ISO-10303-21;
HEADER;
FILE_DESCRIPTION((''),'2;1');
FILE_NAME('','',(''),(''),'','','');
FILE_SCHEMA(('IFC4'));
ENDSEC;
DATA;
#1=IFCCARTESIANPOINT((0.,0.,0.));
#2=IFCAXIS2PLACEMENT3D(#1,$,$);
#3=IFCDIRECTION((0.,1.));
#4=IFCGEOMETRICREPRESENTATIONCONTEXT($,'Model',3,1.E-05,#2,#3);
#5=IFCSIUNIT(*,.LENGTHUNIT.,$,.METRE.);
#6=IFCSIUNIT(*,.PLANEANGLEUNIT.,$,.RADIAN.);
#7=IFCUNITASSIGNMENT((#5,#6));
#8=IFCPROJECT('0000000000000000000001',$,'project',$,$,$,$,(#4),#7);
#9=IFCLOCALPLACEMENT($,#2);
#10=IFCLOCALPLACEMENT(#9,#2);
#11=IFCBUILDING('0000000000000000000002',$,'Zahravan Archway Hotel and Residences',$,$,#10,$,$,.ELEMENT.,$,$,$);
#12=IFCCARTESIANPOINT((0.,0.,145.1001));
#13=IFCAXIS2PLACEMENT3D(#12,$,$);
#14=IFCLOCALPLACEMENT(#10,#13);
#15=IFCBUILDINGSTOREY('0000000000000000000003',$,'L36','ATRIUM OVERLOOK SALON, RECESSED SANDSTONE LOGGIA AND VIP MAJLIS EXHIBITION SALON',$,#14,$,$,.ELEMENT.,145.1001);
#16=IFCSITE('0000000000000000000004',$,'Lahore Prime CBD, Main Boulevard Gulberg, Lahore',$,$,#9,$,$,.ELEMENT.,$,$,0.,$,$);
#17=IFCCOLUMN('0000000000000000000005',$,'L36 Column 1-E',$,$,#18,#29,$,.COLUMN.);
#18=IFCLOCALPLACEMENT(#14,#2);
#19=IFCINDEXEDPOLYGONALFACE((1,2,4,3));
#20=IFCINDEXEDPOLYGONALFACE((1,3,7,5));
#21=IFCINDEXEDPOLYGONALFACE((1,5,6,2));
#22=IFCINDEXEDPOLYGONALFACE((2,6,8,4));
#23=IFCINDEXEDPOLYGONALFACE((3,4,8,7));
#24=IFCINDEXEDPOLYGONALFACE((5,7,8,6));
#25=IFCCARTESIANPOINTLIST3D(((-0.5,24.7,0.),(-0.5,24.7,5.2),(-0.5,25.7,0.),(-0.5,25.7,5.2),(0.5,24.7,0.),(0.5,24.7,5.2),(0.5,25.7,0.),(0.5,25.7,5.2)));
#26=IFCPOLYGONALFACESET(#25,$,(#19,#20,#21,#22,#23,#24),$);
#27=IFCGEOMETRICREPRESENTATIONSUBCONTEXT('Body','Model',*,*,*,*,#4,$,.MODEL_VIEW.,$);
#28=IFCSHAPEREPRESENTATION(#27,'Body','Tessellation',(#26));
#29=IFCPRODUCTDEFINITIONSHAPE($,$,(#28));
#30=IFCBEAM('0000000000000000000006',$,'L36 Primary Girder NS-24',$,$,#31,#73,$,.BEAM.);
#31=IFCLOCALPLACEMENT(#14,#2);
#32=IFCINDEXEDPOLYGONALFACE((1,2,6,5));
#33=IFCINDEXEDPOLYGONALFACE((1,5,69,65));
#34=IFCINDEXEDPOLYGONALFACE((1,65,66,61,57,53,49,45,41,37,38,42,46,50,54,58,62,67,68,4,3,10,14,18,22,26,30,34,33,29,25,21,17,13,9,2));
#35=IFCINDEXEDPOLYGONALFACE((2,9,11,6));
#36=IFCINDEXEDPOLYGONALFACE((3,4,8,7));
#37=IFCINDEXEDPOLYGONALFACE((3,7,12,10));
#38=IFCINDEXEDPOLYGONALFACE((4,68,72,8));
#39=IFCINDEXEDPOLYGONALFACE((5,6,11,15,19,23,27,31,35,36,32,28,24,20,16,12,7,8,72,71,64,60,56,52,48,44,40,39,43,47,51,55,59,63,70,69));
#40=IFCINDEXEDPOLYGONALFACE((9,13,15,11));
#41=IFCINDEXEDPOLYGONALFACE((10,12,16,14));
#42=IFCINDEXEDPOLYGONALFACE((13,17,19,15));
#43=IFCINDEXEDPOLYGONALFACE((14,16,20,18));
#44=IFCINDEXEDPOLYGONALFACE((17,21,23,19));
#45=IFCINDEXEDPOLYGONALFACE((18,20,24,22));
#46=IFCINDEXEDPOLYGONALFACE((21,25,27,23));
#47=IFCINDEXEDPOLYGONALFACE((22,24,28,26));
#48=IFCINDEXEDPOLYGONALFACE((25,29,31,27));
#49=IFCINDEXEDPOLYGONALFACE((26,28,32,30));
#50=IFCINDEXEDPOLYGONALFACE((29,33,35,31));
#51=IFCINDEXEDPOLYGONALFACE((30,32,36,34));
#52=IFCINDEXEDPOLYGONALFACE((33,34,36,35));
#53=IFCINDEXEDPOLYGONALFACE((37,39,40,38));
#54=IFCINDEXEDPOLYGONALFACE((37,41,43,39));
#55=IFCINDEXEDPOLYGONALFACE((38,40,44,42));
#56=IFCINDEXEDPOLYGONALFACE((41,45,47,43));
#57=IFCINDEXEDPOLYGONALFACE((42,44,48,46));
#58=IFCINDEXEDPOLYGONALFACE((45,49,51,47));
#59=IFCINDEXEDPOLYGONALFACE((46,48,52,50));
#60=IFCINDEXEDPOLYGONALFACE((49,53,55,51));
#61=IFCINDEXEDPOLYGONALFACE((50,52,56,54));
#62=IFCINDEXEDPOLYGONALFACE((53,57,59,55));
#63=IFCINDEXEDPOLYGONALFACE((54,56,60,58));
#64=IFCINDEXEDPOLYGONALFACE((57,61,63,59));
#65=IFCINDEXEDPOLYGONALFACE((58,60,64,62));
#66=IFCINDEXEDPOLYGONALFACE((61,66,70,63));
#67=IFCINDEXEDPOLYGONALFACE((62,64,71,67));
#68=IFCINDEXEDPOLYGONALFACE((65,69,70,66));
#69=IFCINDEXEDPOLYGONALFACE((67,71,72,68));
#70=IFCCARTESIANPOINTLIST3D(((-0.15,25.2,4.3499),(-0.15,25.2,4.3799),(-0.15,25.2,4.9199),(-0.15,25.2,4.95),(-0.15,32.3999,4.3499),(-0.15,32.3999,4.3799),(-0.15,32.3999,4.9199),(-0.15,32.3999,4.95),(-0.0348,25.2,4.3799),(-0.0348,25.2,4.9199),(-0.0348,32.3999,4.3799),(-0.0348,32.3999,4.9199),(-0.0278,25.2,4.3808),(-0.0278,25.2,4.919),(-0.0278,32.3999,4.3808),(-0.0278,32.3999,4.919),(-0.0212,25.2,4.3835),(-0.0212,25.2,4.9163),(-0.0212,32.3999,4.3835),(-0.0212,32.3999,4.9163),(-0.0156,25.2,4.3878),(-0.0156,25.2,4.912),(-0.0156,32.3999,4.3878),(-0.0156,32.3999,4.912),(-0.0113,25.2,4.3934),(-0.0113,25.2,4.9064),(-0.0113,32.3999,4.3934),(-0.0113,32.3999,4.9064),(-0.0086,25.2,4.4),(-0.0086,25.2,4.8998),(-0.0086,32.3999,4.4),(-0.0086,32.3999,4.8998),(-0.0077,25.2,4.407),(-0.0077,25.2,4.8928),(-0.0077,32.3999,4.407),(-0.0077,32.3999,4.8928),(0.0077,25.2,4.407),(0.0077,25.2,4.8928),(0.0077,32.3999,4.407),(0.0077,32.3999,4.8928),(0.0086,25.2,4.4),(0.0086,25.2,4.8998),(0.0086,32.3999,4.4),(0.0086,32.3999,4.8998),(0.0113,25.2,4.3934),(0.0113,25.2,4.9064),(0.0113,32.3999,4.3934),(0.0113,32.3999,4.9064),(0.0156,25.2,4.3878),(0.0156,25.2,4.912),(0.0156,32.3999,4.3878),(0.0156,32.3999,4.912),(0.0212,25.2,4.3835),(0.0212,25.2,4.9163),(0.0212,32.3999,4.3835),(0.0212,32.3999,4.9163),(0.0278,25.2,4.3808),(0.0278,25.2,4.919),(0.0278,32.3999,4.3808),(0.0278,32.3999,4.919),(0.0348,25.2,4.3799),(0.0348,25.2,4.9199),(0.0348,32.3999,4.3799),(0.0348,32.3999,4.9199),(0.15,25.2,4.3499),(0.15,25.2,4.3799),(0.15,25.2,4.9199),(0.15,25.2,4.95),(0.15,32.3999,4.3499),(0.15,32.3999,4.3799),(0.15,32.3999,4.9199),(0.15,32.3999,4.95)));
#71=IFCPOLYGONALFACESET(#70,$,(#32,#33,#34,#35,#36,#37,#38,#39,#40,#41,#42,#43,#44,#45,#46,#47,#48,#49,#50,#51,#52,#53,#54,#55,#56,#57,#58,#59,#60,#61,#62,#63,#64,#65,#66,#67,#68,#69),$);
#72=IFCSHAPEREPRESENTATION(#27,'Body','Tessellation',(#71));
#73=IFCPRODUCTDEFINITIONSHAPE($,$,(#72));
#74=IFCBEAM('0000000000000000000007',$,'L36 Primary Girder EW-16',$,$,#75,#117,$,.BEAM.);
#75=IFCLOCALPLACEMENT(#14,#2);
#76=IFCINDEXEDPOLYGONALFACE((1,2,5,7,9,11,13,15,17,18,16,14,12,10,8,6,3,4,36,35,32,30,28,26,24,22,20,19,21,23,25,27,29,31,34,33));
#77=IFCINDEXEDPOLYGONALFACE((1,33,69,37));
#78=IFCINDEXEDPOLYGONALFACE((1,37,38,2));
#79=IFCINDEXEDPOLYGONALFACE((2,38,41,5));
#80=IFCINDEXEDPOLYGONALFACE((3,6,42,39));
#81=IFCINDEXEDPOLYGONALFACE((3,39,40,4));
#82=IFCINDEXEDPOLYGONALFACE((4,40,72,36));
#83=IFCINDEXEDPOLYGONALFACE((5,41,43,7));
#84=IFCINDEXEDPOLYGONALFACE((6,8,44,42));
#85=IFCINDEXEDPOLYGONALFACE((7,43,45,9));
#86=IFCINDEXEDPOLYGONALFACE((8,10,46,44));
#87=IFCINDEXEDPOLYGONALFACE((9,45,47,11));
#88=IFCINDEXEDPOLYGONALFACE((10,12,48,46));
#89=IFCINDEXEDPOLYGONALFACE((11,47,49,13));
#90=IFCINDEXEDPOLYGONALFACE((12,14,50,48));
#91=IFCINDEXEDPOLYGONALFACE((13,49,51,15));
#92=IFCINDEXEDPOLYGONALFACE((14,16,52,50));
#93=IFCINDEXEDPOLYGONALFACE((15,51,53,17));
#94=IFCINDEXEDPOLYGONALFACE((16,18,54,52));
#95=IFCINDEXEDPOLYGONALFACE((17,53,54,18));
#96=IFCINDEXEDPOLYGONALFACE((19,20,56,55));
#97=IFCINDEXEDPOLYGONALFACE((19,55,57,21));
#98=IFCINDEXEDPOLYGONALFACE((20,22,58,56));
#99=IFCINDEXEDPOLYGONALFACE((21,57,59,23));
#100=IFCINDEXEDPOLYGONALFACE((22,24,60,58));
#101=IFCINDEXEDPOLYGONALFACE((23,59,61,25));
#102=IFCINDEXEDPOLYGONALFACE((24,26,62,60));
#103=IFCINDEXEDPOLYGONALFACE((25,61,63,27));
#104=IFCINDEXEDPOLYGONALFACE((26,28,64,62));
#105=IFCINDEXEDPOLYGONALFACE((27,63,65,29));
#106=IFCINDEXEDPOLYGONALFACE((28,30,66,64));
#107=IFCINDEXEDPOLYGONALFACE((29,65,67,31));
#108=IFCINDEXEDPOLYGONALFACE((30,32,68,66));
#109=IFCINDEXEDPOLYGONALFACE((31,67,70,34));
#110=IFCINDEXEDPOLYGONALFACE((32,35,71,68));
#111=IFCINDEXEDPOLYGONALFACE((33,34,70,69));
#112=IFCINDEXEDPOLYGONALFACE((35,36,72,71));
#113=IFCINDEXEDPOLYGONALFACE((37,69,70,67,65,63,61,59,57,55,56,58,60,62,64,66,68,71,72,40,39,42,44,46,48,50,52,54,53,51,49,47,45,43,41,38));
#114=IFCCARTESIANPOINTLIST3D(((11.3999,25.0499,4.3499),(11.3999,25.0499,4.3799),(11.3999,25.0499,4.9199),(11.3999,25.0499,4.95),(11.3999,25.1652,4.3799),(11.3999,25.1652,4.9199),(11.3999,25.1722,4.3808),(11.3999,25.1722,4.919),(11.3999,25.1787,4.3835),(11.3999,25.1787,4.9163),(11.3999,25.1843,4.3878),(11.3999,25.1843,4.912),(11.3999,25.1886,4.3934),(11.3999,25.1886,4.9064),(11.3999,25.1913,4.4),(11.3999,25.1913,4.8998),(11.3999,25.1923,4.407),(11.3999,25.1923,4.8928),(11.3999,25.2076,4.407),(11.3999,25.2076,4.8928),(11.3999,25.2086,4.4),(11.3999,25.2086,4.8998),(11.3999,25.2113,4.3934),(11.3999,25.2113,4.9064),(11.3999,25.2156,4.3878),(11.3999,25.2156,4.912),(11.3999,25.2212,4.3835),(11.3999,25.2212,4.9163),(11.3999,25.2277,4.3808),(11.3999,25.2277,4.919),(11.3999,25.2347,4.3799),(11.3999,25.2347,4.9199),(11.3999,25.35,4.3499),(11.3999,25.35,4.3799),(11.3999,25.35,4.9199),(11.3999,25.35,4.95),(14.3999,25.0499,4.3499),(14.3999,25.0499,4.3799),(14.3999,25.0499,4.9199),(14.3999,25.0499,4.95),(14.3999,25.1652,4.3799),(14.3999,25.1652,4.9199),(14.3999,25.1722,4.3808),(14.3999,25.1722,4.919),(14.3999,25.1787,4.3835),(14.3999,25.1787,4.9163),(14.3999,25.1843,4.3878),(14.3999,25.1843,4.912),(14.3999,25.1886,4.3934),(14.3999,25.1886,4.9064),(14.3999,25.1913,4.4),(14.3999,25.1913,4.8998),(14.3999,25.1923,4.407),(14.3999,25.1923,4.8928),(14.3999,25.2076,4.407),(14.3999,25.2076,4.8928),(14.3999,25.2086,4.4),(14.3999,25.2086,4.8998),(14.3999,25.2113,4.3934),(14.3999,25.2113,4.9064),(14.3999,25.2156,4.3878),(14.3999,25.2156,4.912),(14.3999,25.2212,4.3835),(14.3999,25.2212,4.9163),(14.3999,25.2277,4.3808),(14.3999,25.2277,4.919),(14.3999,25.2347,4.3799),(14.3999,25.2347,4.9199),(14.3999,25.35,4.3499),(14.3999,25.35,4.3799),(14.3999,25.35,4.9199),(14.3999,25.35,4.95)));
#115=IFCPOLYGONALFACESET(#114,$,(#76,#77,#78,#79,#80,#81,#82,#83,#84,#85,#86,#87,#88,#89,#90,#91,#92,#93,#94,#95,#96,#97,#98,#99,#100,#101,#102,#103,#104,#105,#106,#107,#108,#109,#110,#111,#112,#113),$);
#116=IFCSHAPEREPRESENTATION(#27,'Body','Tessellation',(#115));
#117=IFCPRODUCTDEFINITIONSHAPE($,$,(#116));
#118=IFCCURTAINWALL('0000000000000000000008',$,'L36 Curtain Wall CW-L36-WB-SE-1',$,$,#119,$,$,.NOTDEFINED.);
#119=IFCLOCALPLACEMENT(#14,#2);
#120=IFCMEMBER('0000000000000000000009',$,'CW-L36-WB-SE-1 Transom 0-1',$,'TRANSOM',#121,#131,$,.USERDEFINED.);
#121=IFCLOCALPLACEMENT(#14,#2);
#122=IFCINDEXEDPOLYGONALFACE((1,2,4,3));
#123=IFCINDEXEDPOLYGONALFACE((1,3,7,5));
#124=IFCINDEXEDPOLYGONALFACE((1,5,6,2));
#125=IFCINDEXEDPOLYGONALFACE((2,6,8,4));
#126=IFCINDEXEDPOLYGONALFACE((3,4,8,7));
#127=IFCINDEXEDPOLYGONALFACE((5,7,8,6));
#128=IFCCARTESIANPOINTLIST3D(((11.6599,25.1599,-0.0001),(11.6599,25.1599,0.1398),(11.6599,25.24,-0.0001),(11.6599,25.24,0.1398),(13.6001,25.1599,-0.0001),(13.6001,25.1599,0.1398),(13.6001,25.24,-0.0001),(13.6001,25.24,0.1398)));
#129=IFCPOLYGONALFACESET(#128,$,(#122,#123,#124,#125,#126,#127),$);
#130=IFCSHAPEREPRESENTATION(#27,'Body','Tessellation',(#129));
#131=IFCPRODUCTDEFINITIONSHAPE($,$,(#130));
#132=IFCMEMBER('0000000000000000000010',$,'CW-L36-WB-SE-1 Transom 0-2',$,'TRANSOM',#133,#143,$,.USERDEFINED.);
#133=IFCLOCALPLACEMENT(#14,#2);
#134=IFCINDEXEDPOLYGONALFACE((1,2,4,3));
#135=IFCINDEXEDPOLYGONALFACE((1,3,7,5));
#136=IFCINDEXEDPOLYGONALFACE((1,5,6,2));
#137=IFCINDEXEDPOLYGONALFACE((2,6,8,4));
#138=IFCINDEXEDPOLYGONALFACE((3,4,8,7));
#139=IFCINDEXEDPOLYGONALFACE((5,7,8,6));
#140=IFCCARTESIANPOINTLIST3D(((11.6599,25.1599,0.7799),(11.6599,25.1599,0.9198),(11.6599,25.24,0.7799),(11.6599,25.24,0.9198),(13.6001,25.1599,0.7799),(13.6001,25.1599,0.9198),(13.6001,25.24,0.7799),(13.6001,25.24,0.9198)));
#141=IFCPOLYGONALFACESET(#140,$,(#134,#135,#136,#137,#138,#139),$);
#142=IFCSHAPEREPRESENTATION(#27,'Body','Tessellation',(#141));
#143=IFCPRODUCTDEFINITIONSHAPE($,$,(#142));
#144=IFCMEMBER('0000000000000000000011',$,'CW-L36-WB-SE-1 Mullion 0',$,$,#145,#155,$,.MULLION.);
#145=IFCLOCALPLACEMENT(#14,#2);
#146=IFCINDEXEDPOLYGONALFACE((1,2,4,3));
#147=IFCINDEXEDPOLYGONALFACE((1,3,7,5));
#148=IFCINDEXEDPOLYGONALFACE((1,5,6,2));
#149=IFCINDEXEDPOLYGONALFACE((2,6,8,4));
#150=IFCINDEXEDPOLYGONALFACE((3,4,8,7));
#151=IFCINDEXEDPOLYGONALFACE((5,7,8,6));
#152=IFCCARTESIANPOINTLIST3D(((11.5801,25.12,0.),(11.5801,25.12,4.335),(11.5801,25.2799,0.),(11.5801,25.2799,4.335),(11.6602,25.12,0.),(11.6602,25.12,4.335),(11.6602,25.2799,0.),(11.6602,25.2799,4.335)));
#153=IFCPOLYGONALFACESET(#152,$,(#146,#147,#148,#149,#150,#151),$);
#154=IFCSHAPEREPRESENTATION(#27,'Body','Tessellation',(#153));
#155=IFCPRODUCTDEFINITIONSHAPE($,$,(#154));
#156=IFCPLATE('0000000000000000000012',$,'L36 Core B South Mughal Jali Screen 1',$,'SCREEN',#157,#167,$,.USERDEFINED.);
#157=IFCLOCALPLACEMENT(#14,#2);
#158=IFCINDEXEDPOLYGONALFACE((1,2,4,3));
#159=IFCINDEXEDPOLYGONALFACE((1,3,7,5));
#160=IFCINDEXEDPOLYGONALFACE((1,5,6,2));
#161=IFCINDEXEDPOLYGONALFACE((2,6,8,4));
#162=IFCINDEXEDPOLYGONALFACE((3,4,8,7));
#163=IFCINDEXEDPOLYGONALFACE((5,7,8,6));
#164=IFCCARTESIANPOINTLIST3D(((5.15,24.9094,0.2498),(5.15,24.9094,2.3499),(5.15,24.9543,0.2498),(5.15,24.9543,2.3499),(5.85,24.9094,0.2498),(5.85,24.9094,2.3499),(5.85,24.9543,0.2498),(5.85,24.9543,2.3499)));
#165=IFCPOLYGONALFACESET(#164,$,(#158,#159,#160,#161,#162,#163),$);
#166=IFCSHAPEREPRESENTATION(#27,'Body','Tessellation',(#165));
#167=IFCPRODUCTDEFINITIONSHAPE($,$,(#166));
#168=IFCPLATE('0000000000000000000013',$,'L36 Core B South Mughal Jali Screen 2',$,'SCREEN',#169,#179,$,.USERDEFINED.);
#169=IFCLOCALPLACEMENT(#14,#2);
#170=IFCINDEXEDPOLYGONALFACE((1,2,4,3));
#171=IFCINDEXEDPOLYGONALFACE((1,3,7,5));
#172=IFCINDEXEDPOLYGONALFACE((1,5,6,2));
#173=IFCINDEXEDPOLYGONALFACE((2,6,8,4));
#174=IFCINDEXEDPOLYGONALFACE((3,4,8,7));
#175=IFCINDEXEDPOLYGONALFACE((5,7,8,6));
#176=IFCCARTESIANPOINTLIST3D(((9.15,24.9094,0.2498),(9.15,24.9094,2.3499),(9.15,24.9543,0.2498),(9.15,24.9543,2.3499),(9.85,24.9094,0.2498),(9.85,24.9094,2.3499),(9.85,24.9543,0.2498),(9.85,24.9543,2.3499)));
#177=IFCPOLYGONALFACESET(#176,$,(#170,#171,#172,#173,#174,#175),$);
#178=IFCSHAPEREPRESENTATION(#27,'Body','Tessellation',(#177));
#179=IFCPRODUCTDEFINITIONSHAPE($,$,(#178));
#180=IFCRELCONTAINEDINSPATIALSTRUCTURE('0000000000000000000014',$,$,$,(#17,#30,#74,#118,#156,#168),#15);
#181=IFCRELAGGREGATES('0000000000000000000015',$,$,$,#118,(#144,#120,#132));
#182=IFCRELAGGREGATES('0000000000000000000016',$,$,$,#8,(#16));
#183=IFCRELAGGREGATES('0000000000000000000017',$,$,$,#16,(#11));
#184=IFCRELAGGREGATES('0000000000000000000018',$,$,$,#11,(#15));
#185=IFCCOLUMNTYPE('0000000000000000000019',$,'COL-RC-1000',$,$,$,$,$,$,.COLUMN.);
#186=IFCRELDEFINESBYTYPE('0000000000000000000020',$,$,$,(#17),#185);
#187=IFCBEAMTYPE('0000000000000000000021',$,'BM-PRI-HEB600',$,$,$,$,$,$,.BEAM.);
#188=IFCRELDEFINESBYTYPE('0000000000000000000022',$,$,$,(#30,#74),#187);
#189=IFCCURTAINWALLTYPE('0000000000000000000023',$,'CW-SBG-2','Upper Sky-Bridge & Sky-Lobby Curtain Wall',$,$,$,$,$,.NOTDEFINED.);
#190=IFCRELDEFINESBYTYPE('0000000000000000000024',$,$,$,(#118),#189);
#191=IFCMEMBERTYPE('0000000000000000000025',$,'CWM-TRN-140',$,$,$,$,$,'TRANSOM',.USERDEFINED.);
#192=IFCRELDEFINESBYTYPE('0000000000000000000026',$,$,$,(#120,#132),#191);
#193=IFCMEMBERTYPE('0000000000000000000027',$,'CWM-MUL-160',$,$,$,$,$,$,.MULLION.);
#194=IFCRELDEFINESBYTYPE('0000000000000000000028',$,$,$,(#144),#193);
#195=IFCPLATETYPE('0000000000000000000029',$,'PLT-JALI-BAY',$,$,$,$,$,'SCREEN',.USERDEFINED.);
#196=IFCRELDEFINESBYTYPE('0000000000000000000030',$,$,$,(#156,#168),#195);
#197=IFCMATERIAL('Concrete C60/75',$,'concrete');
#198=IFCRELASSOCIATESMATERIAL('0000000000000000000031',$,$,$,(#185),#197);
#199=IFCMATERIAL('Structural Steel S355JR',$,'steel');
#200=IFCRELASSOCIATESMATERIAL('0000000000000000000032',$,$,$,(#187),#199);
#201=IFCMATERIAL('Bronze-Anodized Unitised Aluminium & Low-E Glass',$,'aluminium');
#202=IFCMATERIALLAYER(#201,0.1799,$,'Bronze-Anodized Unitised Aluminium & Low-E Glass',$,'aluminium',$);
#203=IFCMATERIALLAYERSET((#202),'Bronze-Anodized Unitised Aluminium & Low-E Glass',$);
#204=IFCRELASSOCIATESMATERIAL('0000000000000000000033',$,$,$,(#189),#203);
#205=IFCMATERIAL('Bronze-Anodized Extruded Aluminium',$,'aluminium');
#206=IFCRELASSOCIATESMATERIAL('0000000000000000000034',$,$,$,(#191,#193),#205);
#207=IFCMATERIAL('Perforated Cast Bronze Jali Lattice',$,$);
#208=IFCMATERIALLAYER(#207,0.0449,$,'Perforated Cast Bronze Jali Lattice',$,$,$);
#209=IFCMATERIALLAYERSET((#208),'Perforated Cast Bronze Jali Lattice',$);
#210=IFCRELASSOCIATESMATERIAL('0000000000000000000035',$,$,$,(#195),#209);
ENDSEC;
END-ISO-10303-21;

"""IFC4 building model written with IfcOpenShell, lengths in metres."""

from ifc_helpers import new_model, si_unit, direction, frame, origin, origin_2d, place, context, subcontext, project, spatial, rectangle, i_section, extrude, source, transform, mapped, material, layer, layer_set, material_profile, profile_set, type_object, type_shapes, element, aggregate, save


model = new_model("IFC4")

# Units and contexts
model_context = context("Model", 3, precision=1e-05, world=origin(), true_north=direction((0.0, 1.0)))
body_context = subcontext(model_context, "Body", "Model", "MODEL_VIEW")
ifc_project = project(units=[si_unit("LENGTHUNIT", "METRE"), si_unit("PLANEANGLEUNIT", "RADIAN")], contexts=[model_context])

# Site, building, storey
site_placement = place(None, origin())
site = spatial("IfcSite", under=ifc_project, at=site_placement, Name="Lahore Prime CBD, Main Boulevard Gulberg, Lahore", CompositionType="ELEMENT", RefElevation=0.0)
building_placement = place(site_placement, origin())
building = spatial("IfcBuilding", under=site, at=building_placement, Name="Zahravan Archway Hotel and Residences", CompositionType="ELEMENT")
storey_placement = place(building_placement, frame((0.0, 0.0, 145.1001)))
storey = spatial("IfcBuildingStorey", under=building, at=storey_placement, Name="L36", Description="ATRIUM OVERLOOK SALON, RECESSED SANDSTONE LOGGIA AND VIP MAJLIS EXHIBITION SALON", CompositionType="ELEMENT", Elevation=145.1001)

# Column
ifc_material_1 = material(Name="Concrete C60/75", Category="concrete")
ifc_material_profile_1 = material_profile(ifc_material_1, rectangle(XDim=1.0, YDim=1.0, at=origin_2d()), Name="RC-COL-1000x1000", Category="concrete")
ifc_profile_set_1 = profile_set([ifc_material_profile_1], Name="Concrete C60/75")
column_type = type_object("IfcColumnType", Name="COL-RC-1000", PredefinedType="COLUMN", material=ifc_profile_set_1)
shared_shape_1 = source(origin(), body_context, "Body", "SweptSolid", [
    extrude(rectangle(XDim=1.0, YDim=1.0, at=origin_2d()), origin(), (0.0, 0.0, 1.0), 5.2),
])
column_placement = place(storey_placement, frame((0.0, 25.2, 0.0), z_axis=(0.0, 0.0, 1.0), x_axis=(1.0, 0.0, 0.0)))
element("IfcColumn", 1, at=column_placement, inside=storey, type_object=column_type, Name="L36 Column 1-E", PredefinedType="COLUMN", context=body_context, shape_type="MappedRepresentation", body=[
    mapped(shared_shape_1, transform((0.0, 0.0, 0.0), scale=1.0)),
])

# Beams
ifc_material_2 = material(Name="Structural Steel S355JR", Category="steel")
ifc_material_profile_2 = material_profile(ifc_material_2, i_section(OverallWidth=0.3, OverallDepth=0.6001, WebThickness=0.0154, FlangeThickness=0.03, FilletRadius=0.0271, at=origin_2d()), Name="HEB 600", Category="steel")
ifc_profile_set_2 = profile_set([ifc_material_profile_2], Name="Structural Steel S355JR")
beam_type = type_object("IfcBeamType", Name="BM-PRI-HEB600", PredefinedType="BEAM", material=ifc_profile_set_2)
shared_shape_2 = source(origin(), body_context, "Body", "SweptSolid", [
    extrude(i_section(OverallWidth=0.3, OverallDepth=0.6001, WebThickness=0.0154, FlangeThickness=0.03, FilletRadius=0.0271, at=origin_2d()), origin(), (0.0, 0.0, 1.0), 7.2),
])
beam_1_placement = place(storey_placement, frame((0.0, 25.2, 4.6499), z_axis=(0.0, 1.0, 0.0), x_axis=(-1.0, 0.0, 0.0)))
element("IfcBeam", 2, at=beam_1_placement, inside=storey, type_object=beam_type, Name="L36 Primary Girder NS-24", PredefinedType="BEAM", context=body_context, shape_type="MappedRepresentation", body=[
    mapped(shared_shape_2, transform((0.0, 0.0, 0.0), scale=1.0)),
])
shared_shape_3 = source(origin(), body_context, "Body", "SweptSolid", [
    extrude(i_section(OverallWidth=0.3, OverallDepth=0.6001, WebThickness=0.0154, FlangeThickness=0.03, FilletRadius=0.0271, at=origin_2d()), origin(), (0.0, 0.0, 1.0), 3.0),
])
beam_2_placement = place(storey_placement, frame((11.3999, 25.2, 4.6499), z_axis=(1.0, 0.0, 0.0), x_axis=(0.0, 1.0, 0.0)))
element("IfcBeam", 3, at=beam_2_placement, inside=storey, type_object=beam_type, Name="L36 Primary Girder EW-16", PredefinedType="BEAM", context=body_context, shape_type="MappedRepresentation", body=[
    mapped(shared_shape_3, transform((0.0, 0.0, 0.0), scale=1.0)),
])

# Curtain wall, members
ifc_material_3 = material(Name="Bronze-Anodized Unitised Aluminium & Low-E Glass", Category="aluminium")
ifc_layer_1 = layer(ifc_material_3, 0.1799, Name="Bronze-Anodized Unitised Aluminium & Low-E Glass", Category="aluminium")
ifc_layer_set_1 = layer_set([ifc_layer_1], Name="Bronze-Anodized Unitised Aluminium & Low-E Glass")
curtain_wall_type = type_object("IfcCurtainWallType", Name="CW-SBG-2", Description="Upper Sky-Bridge & Sky-Lobby Curtain Wall", PredefinedType="NOTDEFINED", material=ifc_layer_set_1)
curtain_wall_placement = place(storey_placement, origin())
curtain_wall = element("IfcCurtainWall", 4, at=curtain_wall_placement, inside=storey, type_object=curtain_wall_type, Name="L36 Curtain Wall CW-L36-WB-SE-1", PredefinedType="NOTDEFINED")
ifc_material_4 = material(Name="Bronze-Anodized Extruded Aluminium", Category="aluminium")
ifc_material_profile_3 = material_profile(ifc_material_4, rectangle(XDim=0.0801, YDim=0.1399, at=origin_2d()), Name="TRN 80x140", Category="aluminium")
ifc_profile_set_3 = profile_set([ifc_material_profile_3], Name="Bronze-Anodized Extruded Aluminium")
member_type_1 = type_object("IfcMemberType", Name="CWM-TRN-140", ElementType="TRANSOM", PredefinedType="USERDEFINED", material=ifc_profile_set_3)
shared_shape_4 = source(origin(), body_context, "Body", "SweptSolid", [
    extrude(rectangle(XDim=0.0801, YDim=0.1399, at=origin_2d()), origin(), (0.0, 0.0, 1.0), 1.9402),
])
member_1_placement = place(storey_placement, frame((11.6599, 25.2, 0.0698), z_axis=(1.0, 0.0, 0.0), x_axis=(0.0, 1.0, 0.0)))
member_1 = element("IfcMember", 5, at=member_1_placement, type_object=member_type_1, Name="CW-L36-WB-SE-1 Transom 0-1", ObjectType="TRANSOM", PredefinedType="USERDEFINED", context=body_context, shape_type="MappedRepresentation", body=[
    mapped(shared_shape_4, transform((0.0, 0.0, 0.0), scale=1.0)),
])
member_2_placement = place(storey_placement, frame((11.6599, 25.2, 0.8499), z_axis=(1.0, 0.0, 0.0), x_axis=(0.0, 1.0, 0.0)))
member_2 = element("IfcMember", 6, at=member_2_placement, type_object=member_type_1, Name="CW-L36-WB-SE-1 Transom 0-2", ObjectType="TRANSOM", PredefinedType="USERDEFINED", context=body_context, shape_type="MappedRepresentation", body=[
    mapped(shared_shape_4, transform((0.0, 0.0, 0.0), scale=1.0)),
])
ifc_material_profile_4 = material_profile(ifc_material_4, rectangle(XDim=0.0801, YDim=0.1599, at=origin_2d()), Name="MUL 80x160", Category="aluminium")
ifc_profile_set_4 = profile_set([ifc_material_profile_4], Name="Bronze-Anodized Extruded Aluminium")
member_type_2 = type_object("IfcMemberType", Name="CWM-MUL-160", PredefinedType="MULLION", material=ifc_profile_set_4)
shared_shape_5 = source(origin(), body_context, "Body", "SweptSolid", [
    extrude(rectangle(XDim=0.0801, YDim=0.1599, at=origin_2d()), origin(), (0.0, 0.0, 1.0), 4.335),
])
member_3_placement = place(storey_placement, frame((11.6201, 25.2, 0.0), z_axis=(0.0, 0.0, 1.0), x_axis=(1.0, 0.0, 0.0)))
member_3 = element("IfcMember", 7, at=member_3_placement, type_object=member_type_2, Name="CW-L36-WB-SE-1 Mullion 0", PredefinedType="MULLION", context=body_context, shape_type="MappedRepresentation", body=[
    mapped(shared_shape_5, transform((0.0, 0.0, 0.0), scale=1.0)),
])
aggregate(curtain_wall, [member_3, member_1, member_2])

# Plates
ifc_material_5 = material(Name="Perforated Cast Bronze Jali Lattice")
ifc_layer_2 = layer(ifc_material_5, 0.0449, Name="Perforated Cast Bronze Jali Lattice")
ifc_layer_set_2 = layer_set([ifc_layer_2], Name="Perforated Cast Bronze Jali Lattice")
plate_type = type_object("IfcPlateType", Name="PLT-JALI-BAY", ElementType="SCREEN", PredefinedType="USERDEFINED", material=ifc_layer_set_2)
shared_shape_6 = source(origin(), body_context, "Body", "SweptSolid", [
    extrude(rectangle(XDim=0.7, YDim=0.0449, at=origin_2d()), origin(), (0.0, 0.0, 1.0), 2.1001),
])
type_shapes(plate_type, [shared_shape_6])
for number, where, z_axis, x_axis, name in (
    (8, (5.5, 24.9319, 0.2498), (0.0, 0.0, 1.0), (1.0, 0.0, 0.0), "L36 Core B South Mughal Jali Screen 1"),
    (9, (9.5, 24.9319, 0.2498), (0.0, 0.0, 1.0), (1.0, 0.0, 0.0), "L36 Core B South Mughal Jali Screen 2"),
):
    element("IfcPlate", number, at=place(storey_placement, frame(where, z_axis=z_axis, x_axis=x_axis)), inside=storey, type_object=plate_type, Name=name, ObjectType="SCREEN", PredefinedType="USERDEFINED", context=body_context, shape_type="MappedRepresentation", body=[
        mapped(shared_shape_6, transform((0.0, 0.0, 0.0), scale=1.0)),
    ])

save(model, "model.ifc")
